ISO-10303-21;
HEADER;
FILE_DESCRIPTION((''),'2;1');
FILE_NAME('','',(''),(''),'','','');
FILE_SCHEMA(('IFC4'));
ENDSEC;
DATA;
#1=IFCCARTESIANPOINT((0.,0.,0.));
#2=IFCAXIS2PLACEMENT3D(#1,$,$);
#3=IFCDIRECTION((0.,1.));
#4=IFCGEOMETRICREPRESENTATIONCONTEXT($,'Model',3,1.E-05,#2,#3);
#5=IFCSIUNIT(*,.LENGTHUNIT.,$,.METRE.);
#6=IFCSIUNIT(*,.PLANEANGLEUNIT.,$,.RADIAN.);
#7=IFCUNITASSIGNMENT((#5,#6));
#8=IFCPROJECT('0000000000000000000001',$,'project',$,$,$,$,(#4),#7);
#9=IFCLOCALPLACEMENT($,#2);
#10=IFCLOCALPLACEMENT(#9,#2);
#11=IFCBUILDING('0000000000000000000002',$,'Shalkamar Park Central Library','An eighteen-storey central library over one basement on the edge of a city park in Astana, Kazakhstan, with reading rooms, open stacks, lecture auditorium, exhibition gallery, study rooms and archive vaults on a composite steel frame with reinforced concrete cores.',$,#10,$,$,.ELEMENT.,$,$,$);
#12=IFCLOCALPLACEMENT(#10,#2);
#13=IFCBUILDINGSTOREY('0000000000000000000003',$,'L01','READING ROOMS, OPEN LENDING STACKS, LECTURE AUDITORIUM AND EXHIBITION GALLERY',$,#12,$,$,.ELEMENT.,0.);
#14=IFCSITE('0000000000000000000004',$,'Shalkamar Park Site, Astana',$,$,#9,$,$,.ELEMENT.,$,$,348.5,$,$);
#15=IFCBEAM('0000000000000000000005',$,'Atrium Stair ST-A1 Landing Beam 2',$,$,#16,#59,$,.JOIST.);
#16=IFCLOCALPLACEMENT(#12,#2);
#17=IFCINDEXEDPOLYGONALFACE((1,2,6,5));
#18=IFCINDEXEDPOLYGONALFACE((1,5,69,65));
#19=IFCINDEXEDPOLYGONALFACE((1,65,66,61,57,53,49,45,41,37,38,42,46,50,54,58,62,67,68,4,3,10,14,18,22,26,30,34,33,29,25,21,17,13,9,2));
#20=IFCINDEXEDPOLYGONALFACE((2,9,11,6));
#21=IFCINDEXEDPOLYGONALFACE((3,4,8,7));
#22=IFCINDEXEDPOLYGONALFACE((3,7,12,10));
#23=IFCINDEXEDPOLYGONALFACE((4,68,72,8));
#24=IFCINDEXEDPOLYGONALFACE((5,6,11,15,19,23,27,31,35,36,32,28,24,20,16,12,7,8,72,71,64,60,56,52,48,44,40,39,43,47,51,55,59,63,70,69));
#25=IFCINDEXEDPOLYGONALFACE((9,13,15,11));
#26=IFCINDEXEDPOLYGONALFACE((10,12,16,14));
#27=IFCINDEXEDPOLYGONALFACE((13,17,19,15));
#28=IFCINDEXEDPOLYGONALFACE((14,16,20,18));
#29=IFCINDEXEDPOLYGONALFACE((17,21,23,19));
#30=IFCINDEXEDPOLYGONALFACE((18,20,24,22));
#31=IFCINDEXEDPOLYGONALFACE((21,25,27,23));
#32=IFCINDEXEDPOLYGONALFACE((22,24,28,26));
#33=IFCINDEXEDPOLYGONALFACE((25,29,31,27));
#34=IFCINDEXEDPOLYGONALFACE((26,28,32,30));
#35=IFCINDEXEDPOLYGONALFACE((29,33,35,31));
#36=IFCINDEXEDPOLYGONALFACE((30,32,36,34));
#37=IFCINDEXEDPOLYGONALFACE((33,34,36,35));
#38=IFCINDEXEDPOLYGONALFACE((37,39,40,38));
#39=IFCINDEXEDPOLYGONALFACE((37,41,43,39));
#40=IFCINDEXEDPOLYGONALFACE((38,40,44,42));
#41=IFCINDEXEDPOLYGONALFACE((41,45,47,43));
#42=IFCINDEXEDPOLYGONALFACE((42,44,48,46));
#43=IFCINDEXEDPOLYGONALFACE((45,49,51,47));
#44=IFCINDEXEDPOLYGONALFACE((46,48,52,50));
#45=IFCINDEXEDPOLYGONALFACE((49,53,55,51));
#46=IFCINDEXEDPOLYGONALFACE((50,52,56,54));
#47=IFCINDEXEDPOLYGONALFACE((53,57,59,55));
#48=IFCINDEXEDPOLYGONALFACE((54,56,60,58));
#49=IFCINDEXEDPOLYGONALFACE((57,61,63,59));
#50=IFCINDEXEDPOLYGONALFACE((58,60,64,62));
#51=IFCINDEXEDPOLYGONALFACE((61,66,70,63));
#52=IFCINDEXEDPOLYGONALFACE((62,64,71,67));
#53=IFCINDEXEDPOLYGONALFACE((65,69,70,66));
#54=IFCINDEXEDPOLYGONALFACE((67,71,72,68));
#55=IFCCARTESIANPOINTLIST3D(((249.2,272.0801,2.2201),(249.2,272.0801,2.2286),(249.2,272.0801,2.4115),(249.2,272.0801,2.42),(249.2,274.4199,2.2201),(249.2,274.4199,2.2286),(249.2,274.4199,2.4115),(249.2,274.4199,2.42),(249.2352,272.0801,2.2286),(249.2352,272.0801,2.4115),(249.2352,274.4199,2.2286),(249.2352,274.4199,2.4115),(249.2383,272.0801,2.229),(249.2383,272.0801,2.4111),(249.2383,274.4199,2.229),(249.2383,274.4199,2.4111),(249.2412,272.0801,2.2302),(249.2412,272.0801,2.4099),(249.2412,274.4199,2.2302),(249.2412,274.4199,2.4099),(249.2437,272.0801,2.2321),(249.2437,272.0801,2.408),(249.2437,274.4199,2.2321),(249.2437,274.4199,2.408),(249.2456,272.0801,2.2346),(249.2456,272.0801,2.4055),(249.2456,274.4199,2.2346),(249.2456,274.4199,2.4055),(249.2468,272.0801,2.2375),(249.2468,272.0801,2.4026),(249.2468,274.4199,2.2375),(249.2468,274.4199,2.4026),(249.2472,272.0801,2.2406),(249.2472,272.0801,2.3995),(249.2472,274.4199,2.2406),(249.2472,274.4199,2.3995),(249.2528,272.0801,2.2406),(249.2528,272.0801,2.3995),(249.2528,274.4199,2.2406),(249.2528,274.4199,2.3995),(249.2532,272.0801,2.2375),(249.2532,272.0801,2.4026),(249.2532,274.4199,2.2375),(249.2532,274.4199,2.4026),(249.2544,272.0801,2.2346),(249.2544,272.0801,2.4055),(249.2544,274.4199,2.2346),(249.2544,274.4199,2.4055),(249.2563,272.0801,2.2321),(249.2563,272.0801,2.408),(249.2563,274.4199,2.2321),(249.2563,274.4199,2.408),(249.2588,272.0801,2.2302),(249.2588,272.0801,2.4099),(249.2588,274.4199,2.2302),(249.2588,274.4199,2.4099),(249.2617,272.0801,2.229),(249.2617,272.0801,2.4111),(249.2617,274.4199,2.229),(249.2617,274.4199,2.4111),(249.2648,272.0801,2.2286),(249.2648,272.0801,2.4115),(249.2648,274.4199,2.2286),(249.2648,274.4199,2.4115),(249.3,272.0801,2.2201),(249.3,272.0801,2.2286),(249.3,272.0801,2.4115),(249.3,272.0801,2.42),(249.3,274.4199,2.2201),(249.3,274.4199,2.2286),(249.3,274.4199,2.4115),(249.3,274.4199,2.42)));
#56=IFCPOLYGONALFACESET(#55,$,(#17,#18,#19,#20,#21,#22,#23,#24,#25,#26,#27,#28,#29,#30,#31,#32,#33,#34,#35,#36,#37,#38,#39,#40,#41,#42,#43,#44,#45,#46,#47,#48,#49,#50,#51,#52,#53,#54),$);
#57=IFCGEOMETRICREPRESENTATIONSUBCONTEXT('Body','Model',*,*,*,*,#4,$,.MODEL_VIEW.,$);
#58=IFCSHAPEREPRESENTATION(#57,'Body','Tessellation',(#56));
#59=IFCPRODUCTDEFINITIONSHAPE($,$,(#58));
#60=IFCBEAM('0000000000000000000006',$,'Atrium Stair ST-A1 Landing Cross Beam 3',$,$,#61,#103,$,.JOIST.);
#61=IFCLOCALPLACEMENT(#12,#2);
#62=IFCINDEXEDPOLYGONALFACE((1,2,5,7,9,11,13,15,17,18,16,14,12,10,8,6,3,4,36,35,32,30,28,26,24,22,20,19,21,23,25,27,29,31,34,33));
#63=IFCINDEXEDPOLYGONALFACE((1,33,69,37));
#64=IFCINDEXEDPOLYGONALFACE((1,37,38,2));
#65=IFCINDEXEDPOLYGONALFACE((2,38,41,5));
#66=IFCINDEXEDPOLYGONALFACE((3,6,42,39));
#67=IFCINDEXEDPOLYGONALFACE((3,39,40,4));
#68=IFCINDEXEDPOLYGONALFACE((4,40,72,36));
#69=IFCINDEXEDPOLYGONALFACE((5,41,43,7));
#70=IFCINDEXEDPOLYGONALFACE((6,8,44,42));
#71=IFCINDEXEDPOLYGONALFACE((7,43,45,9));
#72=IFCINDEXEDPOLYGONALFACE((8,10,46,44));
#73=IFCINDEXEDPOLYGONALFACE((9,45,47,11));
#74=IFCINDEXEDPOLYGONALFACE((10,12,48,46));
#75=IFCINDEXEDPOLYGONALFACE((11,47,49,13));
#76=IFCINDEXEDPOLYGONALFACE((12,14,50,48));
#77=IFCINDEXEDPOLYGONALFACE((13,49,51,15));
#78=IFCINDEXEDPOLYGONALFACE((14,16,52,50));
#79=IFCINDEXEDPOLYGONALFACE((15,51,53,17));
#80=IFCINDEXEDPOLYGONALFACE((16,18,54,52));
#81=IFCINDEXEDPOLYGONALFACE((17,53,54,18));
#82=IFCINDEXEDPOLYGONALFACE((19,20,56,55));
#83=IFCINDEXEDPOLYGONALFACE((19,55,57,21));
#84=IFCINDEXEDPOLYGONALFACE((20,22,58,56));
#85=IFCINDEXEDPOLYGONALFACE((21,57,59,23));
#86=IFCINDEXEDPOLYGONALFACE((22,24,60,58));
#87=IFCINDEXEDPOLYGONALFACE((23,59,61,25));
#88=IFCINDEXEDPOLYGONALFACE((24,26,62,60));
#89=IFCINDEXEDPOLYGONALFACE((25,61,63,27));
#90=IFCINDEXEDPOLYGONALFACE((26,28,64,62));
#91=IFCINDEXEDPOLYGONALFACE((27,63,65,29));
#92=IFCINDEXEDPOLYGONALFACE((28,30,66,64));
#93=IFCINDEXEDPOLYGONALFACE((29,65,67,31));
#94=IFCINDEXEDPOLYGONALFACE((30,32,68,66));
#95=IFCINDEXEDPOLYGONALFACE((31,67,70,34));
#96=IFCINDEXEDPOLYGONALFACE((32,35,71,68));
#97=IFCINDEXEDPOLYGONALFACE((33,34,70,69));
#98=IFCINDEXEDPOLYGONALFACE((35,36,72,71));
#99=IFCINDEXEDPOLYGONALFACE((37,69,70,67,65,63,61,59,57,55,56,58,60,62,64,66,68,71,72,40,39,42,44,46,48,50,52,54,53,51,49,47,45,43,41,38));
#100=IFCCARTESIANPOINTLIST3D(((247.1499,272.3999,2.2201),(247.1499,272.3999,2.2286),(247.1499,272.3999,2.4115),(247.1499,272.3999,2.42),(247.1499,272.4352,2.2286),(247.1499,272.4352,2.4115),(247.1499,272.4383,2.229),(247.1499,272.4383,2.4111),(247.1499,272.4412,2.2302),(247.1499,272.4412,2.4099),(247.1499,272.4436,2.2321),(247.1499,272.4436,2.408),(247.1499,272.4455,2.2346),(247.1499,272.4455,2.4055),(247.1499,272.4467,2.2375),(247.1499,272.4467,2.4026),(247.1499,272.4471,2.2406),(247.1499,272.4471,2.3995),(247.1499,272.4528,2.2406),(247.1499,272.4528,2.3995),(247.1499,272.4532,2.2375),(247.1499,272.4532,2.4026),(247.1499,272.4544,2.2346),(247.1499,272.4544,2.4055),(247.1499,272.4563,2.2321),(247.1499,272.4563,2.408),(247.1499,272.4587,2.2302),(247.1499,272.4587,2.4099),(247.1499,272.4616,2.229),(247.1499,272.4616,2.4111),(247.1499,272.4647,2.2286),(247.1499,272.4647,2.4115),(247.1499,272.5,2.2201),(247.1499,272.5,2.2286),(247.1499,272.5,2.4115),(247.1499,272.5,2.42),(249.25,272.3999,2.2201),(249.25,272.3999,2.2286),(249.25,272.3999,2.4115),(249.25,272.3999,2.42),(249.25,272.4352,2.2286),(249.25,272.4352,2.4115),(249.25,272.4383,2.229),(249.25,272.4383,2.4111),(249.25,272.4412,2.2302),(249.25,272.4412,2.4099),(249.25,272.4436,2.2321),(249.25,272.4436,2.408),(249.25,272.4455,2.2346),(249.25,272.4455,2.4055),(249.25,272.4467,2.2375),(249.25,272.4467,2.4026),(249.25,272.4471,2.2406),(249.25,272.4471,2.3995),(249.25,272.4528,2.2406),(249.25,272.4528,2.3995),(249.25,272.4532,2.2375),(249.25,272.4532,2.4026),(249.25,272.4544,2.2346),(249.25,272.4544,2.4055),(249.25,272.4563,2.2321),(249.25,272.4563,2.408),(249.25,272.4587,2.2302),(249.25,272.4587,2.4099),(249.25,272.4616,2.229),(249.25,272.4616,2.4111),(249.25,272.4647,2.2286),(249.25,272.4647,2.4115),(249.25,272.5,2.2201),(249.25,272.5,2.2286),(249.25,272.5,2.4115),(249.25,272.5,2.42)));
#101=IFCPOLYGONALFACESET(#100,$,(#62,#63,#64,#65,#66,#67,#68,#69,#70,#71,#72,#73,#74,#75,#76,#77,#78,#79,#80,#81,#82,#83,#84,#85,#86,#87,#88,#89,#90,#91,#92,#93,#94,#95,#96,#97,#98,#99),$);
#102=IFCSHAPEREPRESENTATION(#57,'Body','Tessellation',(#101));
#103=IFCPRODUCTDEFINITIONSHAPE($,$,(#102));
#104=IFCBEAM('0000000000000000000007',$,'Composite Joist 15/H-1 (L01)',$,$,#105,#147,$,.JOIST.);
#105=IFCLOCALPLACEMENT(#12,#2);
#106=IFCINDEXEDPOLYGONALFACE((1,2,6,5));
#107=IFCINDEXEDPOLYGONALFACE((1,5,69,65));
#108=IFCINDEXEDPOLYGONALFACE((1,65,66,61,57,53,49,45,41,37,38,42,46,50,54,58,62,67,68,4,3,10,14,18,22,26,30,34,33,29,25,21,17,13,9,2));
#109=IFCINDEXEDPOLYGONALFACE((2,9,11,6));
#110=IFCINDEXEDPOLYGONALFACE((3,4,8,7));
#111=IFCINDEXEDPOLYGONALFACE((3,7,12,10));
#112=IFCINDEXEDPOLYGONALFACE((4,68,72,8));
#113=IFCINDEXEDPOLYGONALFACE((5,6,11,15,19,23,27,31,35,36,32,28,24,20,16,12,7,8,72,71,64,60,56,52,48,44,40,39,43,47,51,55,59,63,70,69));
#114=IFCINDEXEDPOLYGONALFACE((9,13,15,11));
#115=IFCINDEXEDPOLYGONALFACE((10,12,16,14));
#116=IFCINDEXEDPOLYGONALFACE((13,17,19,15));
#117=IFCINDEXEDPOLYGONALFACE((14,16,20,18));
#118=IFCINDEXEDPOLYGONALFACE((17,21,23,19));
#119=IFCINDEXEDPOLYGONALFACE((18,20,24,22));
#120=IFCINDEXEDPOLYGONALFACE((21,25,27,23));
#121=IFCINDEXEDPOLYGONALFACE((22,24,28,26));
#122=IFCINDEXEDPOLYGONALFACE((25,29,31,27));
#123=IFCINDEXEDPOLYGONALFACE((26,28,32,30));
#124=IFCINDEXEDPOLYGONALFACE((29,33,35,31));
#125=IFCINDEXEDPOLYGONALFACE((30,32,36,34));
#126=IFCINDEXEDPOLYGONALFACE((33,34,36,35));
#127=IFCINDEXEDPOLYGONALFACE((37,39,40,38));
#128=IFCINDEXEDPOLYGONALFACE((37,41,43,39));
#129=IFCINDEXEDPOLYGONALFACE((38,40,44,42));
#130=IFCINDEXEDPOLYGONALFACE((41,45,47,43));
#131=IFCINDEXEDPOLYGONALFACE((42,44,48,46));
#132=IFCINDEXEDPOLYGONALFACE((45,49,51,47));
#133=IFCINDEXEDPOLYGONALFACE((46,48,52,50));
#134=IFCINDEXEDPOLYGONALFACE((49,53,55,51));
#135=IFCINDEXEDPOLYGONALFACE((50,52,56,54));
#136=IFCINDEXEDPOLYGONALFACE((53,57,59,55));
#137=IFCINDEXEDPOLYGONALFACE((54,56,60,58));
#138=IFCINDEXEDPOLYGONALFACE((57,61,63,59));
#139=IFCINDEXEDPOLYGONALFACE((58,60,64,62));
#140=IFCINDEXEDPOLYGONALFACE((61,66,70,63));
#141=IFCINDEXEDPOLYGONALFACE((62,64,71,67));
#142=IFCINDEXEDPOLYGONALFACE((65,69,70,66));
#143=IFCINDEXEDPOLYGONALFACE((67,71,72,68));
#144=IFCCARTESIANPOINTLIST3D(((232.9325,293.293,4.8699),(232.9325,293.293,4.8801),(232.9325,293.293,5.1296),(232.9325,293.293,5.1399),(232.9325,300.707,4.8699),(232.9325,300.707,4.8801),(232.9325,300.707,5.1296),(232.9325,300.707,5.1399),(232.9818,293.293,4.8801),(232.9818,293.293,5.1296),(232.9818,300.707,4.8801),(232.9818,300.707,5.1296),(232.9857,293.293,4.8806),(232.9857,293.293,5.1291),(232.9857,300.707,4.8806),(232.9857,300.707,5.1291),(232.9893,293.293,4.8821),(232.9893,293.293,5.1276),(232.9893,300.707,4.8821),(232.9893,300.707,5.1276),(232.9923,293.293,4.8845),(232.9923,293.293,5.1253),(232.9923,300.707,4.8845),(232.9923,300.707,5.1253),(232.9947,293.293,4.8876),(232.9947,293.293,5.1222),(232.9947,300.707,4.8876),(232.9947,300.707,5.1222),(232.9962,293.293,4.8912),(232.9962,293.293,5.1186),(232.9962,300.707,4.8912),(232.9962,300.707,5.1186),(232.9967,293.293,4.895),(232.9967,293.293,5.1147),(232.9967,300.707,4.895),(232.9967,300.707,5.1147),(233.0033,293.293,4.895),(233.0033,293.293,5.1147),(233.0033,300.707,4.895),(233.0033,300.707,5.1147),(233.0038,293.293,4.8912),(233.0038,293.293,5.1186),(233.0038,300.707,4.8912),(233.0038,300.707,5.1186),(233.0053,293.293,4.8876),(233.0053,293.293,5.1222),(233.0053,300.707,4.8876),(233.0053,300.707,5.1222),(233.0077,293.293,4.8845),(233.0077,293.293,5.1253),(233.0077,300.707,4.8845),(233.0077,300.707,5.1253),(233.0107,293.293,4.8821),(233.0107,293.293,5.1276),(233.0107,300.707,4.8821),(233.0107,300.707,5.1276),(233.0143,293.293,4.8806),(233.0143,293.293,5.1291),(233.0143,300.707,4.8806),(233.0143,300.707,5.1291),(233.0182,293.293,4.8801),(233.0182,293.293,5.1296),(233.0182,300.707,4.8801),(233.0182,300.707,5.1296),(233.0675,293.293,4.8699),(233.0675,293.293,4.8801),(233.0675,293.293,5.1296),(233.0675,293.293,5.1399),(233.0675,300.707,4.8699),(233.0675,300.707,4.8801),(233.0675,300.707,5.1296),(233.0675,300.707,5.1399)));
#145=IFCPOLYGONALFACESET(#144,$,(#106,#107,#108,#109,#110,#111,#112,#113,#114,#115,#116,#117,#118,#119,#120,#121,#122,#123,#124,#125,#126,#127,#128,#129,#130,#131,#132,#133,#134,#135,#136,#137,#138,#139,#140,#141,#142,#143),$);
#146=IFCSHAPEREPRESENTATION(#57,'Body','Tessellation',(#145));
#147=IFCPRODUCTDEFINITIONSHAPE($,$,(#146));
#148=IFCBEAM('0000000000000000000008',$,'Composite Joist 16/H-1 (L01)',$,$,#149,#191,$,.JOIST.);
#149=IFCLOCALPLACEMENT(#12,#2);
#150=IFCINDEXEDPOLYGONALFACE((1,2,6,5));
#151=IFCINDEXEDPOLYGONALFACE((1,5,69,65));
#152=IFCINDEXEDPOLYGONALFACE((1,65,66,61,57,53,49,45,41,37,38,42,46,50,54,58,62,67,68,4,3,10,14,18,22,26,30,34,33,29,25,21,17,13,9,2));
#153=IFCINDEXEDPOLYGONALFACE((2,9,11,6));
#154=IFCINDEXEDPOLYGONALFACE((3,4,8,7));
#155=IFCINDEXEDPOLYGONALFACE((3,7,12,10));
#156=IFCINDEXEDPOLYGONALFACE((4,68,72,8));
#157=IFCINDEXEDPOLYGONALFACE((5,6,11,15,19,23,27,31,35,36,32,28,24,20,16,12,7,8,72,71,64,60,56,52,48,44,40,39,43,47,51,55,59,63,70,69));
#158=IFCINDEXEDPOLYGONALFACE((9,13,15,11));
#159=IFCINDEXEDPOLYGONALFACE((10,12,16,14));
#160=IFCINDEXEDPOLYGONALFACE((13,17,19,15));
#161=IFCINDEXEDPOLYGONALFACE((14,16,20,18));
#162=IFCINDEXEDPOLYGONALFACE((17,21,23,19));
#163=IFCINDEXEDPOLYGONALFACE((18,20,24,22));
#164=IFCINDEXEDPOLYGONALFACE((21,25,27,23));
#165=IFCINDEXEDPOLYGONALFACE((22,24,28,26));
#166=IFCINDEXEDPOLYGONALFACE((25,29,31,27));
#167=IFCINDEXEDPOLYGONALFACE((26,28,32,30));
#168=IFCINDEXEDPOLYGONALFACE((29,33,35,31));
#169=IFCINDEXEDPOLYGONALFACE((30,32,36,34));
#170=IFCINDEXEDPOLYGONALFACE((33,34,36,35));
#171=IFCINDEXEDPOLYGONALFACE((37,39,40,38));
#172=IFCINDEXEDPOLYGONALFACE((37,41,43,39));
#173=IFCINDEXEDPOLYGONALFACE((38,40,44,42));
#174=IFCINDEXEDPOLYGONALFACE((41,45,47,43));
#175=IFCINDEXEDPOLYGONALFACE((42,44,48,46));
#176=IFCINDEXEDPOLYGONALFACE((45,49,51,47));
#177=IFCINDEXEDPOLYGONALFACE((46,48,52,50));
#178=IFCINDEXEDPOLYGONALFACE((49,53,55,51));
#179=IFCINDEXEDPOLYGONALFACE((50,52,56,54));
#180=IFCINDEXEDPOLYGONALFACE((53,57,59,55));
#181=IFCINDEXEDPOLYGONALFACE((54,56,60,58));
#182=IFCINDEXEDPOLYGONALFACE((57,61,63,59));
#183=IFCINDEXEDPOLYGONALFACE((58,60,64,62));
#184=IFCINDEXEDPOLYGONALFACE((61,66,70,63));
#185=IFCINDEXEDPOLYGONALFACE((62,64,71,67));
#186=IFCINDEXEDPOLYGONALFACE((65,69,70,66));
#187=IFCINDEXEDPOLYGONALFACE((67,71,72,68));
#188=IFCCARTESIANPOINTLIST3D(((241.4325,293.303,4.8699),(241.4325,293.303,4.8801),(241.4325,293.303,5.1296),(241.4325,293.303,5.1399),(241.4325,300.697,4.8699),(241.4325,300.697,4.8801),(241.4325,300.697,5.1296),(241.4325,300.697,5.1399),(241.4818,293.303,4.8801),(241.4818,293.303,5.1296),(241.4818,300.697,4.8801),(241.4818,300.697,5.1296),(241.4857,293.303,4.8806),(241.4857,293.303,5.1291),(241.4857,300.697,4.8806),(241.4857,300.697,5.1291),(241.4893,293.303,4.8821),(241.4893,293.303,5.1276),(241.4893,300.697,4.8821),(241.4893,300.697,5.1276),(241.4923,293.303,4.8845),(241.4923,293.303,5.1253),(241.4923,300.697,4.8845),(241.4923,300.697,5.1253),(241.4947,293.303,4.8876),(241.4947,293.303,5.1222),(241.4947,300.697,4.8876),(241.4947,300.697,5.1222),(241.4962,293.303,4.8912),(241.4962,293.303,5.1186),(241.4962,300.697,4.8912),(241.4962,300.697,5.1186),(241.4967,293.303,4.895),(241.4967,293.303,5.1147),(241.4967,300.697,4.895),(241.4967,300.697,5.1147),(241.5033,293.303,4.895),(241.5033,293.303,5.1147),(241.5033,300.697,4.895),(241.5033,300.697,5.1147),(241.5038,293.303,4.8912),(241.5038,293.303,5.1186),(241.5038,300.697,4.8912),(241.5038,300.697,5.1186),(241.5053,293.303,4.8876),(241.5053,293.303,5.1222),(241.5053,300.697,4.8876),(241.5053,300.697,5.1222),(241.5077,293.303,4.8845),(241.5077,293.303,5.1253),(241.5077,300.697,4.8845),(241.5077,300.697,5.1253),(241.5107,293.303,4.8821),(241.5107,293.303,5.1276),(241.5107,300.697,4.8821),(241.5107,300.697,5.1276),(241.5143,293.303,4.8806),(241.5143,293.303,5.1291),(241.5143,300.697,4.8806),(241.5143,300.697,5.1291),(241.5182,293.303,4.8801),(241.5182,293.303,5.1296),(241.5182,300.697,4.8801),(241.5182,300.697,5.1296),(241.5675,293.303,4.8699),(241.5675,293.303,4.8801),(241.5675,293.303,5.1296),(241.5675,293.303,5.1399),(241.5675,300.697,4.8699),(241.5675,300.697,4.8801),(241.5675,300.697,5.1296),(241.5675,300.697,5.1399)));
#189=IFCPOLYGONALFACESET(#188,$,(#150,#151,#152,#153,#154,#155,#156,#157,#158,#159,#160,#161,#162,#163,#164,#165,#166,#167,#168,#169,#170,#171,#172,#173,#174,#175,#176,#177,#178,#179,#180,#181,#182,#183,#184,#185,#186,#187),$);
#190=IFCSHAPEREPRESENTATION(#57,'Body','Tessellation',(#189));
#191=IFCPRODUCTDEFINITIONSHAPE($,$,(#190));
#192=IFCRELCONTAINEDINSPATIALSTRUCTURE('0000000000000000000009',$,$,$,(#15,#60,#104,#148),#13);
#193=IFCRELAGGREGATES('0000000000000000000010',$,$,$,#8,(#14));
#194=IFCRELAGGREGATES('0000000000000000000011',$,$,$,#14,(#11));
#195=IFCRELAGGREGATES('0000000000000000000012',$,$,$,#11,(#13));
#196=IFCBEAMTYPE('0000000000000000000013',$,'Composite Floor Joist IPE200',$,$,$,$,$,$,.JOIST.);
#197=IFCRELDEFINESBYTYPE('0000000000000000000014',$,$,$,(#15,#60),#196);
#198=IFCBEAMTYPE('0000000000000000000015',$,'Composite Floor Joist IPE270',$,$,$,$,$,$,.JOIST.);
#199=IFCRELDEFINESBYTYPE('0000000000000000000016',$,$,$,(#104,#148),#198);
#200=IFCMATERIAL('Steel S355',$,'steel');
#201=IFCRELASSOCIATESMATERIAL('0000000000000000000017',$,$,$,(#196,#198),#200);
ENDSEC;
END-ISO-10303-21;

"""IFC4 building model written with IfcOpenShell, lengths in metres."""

from ifc_helpers import new_model, si_unit, direction, frame, origin, origin_2d, place, context, subcontext, project, spatial, i_section, extrude, material, material_profile, profile_set, type_object, element, save


model = new_model("IFC4")

# Units and contexts
model_context = context("Model", 3, precision=1e-05, world=origin(), true_north=direction((0.0, 1.0)))
body_context = subcontext(model_context, "Body", "Model", "MODEL_VIEW")
ifc_project = project(units=[si_unit("LENGTHUNIT", "METRE"), si_unit("PLANEANGLEUNIT", "RADIAN")], contexts=[model_context])

# Site, building, storey
site_placement = place(None, origin())
site = spatial("IfcSite", under=ifc_project, at=site_placement, Name="Shalkamar Park Site, Astana", CompositionType="ELEMENT", RefElevation=348.5)
building_placement = place(site_placement, origin())
building = spatial("IfcBuilding", under=site, at=building_placement, Name="Shalkamar Park Central Library", Description="An eighteen-storey central library over one basement on the edge of a city park in Astana, Kazakhstan, with reading rooms, open stacks, lecture auditorium, exhibition gallery, study rooms and archive vaults on a composite steel frame with reinforced concrete cores.", CompositionType="ELEMENT")
storey_placement = place(building_placement, origin())
storey = spatial("IfcBuildingStorey", under=building, at=storey_placement, Name="L01", Description="READING ROOMS, OPEN LENDING STACKS, LECTURE AUDITORIUM AND EXHIBITION GALLERY", CompositionType="ELEMENT", Elevation=0.0)

# Shared definitions
ifc_material_1 = material(Name="Steel S355", Category="steel")

# Beams
ifc_material_profile_1 = material_profile(ifc_material_1, i_section(OverallWidth=0.1001, OverallDepth=0.2, WebThickness=0.0056, FlangeThickness=0.0085, FilletRadius=0.012, at=origin_2d()), Name="IPE 200")
ifc_profile_set_1 = profile_set([ifc_material_profile_1], Name="Steel S355")
beam_type_1 = type_object("IfcBeamType", Name="Composite Floor Joist IPE200", PredefinedType="JOIST", material=ifc_profile_set_1)
for number, where, z_axis, x_axis, name in (
    (1, (249.25, 272.0801, 2.3201), (0.0, 1.0, 0.0), (-1.0, 0.0, 0.0), "Atrium Stair ST-A1 Landing Beam 2"),
):
    element("IfcBeam", number, at=place(storey_placement, frame(where, z_axis=z_axis, x_axis=x_axis)), inside=storey, type_object=beam_type_1, Name=name, PredefinedType="JOIST", context=body_context, shape_type="SweptSolid", body=[
        extrude(i_section(OverallWidth=0.1001, OverallDepth=0.2, WebThickness=0.0056, FlangeThickness=0.0085, FilletRadius=0.012, at=origin_2d()), origin(), (0.0, 0.0, 1.0), 2.3398),
    ])
beam_1_placement = place(storey_placement, frame((247.1499, 272.45, 2.3201), z_axis=(1.0, 0.0, 0.0), x_axis=(0.0, 1.0, 0.0)))
element("IfcBeam", 2, at=beam_1_placement, inside=storey, type_object=beam_type_1, Name="Atrium Stair ST-A1 Landing Cross Beam 3", PredefinedType="JOIST", context=body_context, shape_type="SweptSolid", body=[
    extrude(i_section(OverallWidth=0.1001, OverallDepth=0.2, WebThickness=0.0056, FlangeThickness=0.0085, FilletRadius=0.012, at=origin_2d()), origin(), (0.0, 0.0, 1.0), 2.1001),
])
ifc_material_profile_2 = material_profile(ifc_material_1, i_section(OverallWidth=0.135, OverallDepth=0.27, WebThickness=0.0066, FlangeThickness=0.0103, FilletRadius=0.0149, at=origin_2d()), Name="IPE 270")
ifc_profile_set_2 = profile_set([ifc_material_profile_2], Name="Steel S355")
beam_type_2 = type_object("IfcBeamType", Name="Composite Floor Joist IPE270", PredefinedType="JOIST", material=ifc_profile_set_2)
beam_2_placement = place(storey_placement, frame((233.0, 293.293, 5.0049), z_axis=(0.0, 1.0, 0.0), x_axis=(-1.0, 0.0, 0.0)))
element("IfcBeam", 3, at=beam_2_placement, inside=storey, type_object=beam_type_2, Name="Composite Joist 15/H-1 (L01)", PredefinedType="JOIST", context=body_context, shape_type="SweptSolid", body=[
    extrude(i_section(OverallWidth=0.135, OverallDepth=0.27, WebThickness=0.0066, FlangeThickness=0.0103, FilletRadius=0.0149, at=origin_2d()), origin(), (0.0, 0.0, 1.0), 7.4141),
])
for number, where, z_axis, x_axis, name in (
    (4, (241.5, 293.303, 5.0049), (0.0, 1.0, 0.0), (-1.0, 0.0, 0.0), "Composite Joist 16/H-1 (L01)"),
):
    element("IfcBeam", number, at=place(storey_placement, frame(where, z_axis=z_axis, x_axis=x_axis)), inside=storey, type_object=beam_type_2, Name=name, PredefinedType="JOIST", context=body_context, shape_type="SweptSolid", body=[
        extrude(i_section(OverallWidth=0.135, OverallDepth=0.27, WebThickness=0.0066, FlangeThickness=0.0103, FilletRadius=0.0149, at=origin_2d()), origin(), (0.0, 0.0, 1.0), 7.394),
    ])

save(model, "model.ifc")
